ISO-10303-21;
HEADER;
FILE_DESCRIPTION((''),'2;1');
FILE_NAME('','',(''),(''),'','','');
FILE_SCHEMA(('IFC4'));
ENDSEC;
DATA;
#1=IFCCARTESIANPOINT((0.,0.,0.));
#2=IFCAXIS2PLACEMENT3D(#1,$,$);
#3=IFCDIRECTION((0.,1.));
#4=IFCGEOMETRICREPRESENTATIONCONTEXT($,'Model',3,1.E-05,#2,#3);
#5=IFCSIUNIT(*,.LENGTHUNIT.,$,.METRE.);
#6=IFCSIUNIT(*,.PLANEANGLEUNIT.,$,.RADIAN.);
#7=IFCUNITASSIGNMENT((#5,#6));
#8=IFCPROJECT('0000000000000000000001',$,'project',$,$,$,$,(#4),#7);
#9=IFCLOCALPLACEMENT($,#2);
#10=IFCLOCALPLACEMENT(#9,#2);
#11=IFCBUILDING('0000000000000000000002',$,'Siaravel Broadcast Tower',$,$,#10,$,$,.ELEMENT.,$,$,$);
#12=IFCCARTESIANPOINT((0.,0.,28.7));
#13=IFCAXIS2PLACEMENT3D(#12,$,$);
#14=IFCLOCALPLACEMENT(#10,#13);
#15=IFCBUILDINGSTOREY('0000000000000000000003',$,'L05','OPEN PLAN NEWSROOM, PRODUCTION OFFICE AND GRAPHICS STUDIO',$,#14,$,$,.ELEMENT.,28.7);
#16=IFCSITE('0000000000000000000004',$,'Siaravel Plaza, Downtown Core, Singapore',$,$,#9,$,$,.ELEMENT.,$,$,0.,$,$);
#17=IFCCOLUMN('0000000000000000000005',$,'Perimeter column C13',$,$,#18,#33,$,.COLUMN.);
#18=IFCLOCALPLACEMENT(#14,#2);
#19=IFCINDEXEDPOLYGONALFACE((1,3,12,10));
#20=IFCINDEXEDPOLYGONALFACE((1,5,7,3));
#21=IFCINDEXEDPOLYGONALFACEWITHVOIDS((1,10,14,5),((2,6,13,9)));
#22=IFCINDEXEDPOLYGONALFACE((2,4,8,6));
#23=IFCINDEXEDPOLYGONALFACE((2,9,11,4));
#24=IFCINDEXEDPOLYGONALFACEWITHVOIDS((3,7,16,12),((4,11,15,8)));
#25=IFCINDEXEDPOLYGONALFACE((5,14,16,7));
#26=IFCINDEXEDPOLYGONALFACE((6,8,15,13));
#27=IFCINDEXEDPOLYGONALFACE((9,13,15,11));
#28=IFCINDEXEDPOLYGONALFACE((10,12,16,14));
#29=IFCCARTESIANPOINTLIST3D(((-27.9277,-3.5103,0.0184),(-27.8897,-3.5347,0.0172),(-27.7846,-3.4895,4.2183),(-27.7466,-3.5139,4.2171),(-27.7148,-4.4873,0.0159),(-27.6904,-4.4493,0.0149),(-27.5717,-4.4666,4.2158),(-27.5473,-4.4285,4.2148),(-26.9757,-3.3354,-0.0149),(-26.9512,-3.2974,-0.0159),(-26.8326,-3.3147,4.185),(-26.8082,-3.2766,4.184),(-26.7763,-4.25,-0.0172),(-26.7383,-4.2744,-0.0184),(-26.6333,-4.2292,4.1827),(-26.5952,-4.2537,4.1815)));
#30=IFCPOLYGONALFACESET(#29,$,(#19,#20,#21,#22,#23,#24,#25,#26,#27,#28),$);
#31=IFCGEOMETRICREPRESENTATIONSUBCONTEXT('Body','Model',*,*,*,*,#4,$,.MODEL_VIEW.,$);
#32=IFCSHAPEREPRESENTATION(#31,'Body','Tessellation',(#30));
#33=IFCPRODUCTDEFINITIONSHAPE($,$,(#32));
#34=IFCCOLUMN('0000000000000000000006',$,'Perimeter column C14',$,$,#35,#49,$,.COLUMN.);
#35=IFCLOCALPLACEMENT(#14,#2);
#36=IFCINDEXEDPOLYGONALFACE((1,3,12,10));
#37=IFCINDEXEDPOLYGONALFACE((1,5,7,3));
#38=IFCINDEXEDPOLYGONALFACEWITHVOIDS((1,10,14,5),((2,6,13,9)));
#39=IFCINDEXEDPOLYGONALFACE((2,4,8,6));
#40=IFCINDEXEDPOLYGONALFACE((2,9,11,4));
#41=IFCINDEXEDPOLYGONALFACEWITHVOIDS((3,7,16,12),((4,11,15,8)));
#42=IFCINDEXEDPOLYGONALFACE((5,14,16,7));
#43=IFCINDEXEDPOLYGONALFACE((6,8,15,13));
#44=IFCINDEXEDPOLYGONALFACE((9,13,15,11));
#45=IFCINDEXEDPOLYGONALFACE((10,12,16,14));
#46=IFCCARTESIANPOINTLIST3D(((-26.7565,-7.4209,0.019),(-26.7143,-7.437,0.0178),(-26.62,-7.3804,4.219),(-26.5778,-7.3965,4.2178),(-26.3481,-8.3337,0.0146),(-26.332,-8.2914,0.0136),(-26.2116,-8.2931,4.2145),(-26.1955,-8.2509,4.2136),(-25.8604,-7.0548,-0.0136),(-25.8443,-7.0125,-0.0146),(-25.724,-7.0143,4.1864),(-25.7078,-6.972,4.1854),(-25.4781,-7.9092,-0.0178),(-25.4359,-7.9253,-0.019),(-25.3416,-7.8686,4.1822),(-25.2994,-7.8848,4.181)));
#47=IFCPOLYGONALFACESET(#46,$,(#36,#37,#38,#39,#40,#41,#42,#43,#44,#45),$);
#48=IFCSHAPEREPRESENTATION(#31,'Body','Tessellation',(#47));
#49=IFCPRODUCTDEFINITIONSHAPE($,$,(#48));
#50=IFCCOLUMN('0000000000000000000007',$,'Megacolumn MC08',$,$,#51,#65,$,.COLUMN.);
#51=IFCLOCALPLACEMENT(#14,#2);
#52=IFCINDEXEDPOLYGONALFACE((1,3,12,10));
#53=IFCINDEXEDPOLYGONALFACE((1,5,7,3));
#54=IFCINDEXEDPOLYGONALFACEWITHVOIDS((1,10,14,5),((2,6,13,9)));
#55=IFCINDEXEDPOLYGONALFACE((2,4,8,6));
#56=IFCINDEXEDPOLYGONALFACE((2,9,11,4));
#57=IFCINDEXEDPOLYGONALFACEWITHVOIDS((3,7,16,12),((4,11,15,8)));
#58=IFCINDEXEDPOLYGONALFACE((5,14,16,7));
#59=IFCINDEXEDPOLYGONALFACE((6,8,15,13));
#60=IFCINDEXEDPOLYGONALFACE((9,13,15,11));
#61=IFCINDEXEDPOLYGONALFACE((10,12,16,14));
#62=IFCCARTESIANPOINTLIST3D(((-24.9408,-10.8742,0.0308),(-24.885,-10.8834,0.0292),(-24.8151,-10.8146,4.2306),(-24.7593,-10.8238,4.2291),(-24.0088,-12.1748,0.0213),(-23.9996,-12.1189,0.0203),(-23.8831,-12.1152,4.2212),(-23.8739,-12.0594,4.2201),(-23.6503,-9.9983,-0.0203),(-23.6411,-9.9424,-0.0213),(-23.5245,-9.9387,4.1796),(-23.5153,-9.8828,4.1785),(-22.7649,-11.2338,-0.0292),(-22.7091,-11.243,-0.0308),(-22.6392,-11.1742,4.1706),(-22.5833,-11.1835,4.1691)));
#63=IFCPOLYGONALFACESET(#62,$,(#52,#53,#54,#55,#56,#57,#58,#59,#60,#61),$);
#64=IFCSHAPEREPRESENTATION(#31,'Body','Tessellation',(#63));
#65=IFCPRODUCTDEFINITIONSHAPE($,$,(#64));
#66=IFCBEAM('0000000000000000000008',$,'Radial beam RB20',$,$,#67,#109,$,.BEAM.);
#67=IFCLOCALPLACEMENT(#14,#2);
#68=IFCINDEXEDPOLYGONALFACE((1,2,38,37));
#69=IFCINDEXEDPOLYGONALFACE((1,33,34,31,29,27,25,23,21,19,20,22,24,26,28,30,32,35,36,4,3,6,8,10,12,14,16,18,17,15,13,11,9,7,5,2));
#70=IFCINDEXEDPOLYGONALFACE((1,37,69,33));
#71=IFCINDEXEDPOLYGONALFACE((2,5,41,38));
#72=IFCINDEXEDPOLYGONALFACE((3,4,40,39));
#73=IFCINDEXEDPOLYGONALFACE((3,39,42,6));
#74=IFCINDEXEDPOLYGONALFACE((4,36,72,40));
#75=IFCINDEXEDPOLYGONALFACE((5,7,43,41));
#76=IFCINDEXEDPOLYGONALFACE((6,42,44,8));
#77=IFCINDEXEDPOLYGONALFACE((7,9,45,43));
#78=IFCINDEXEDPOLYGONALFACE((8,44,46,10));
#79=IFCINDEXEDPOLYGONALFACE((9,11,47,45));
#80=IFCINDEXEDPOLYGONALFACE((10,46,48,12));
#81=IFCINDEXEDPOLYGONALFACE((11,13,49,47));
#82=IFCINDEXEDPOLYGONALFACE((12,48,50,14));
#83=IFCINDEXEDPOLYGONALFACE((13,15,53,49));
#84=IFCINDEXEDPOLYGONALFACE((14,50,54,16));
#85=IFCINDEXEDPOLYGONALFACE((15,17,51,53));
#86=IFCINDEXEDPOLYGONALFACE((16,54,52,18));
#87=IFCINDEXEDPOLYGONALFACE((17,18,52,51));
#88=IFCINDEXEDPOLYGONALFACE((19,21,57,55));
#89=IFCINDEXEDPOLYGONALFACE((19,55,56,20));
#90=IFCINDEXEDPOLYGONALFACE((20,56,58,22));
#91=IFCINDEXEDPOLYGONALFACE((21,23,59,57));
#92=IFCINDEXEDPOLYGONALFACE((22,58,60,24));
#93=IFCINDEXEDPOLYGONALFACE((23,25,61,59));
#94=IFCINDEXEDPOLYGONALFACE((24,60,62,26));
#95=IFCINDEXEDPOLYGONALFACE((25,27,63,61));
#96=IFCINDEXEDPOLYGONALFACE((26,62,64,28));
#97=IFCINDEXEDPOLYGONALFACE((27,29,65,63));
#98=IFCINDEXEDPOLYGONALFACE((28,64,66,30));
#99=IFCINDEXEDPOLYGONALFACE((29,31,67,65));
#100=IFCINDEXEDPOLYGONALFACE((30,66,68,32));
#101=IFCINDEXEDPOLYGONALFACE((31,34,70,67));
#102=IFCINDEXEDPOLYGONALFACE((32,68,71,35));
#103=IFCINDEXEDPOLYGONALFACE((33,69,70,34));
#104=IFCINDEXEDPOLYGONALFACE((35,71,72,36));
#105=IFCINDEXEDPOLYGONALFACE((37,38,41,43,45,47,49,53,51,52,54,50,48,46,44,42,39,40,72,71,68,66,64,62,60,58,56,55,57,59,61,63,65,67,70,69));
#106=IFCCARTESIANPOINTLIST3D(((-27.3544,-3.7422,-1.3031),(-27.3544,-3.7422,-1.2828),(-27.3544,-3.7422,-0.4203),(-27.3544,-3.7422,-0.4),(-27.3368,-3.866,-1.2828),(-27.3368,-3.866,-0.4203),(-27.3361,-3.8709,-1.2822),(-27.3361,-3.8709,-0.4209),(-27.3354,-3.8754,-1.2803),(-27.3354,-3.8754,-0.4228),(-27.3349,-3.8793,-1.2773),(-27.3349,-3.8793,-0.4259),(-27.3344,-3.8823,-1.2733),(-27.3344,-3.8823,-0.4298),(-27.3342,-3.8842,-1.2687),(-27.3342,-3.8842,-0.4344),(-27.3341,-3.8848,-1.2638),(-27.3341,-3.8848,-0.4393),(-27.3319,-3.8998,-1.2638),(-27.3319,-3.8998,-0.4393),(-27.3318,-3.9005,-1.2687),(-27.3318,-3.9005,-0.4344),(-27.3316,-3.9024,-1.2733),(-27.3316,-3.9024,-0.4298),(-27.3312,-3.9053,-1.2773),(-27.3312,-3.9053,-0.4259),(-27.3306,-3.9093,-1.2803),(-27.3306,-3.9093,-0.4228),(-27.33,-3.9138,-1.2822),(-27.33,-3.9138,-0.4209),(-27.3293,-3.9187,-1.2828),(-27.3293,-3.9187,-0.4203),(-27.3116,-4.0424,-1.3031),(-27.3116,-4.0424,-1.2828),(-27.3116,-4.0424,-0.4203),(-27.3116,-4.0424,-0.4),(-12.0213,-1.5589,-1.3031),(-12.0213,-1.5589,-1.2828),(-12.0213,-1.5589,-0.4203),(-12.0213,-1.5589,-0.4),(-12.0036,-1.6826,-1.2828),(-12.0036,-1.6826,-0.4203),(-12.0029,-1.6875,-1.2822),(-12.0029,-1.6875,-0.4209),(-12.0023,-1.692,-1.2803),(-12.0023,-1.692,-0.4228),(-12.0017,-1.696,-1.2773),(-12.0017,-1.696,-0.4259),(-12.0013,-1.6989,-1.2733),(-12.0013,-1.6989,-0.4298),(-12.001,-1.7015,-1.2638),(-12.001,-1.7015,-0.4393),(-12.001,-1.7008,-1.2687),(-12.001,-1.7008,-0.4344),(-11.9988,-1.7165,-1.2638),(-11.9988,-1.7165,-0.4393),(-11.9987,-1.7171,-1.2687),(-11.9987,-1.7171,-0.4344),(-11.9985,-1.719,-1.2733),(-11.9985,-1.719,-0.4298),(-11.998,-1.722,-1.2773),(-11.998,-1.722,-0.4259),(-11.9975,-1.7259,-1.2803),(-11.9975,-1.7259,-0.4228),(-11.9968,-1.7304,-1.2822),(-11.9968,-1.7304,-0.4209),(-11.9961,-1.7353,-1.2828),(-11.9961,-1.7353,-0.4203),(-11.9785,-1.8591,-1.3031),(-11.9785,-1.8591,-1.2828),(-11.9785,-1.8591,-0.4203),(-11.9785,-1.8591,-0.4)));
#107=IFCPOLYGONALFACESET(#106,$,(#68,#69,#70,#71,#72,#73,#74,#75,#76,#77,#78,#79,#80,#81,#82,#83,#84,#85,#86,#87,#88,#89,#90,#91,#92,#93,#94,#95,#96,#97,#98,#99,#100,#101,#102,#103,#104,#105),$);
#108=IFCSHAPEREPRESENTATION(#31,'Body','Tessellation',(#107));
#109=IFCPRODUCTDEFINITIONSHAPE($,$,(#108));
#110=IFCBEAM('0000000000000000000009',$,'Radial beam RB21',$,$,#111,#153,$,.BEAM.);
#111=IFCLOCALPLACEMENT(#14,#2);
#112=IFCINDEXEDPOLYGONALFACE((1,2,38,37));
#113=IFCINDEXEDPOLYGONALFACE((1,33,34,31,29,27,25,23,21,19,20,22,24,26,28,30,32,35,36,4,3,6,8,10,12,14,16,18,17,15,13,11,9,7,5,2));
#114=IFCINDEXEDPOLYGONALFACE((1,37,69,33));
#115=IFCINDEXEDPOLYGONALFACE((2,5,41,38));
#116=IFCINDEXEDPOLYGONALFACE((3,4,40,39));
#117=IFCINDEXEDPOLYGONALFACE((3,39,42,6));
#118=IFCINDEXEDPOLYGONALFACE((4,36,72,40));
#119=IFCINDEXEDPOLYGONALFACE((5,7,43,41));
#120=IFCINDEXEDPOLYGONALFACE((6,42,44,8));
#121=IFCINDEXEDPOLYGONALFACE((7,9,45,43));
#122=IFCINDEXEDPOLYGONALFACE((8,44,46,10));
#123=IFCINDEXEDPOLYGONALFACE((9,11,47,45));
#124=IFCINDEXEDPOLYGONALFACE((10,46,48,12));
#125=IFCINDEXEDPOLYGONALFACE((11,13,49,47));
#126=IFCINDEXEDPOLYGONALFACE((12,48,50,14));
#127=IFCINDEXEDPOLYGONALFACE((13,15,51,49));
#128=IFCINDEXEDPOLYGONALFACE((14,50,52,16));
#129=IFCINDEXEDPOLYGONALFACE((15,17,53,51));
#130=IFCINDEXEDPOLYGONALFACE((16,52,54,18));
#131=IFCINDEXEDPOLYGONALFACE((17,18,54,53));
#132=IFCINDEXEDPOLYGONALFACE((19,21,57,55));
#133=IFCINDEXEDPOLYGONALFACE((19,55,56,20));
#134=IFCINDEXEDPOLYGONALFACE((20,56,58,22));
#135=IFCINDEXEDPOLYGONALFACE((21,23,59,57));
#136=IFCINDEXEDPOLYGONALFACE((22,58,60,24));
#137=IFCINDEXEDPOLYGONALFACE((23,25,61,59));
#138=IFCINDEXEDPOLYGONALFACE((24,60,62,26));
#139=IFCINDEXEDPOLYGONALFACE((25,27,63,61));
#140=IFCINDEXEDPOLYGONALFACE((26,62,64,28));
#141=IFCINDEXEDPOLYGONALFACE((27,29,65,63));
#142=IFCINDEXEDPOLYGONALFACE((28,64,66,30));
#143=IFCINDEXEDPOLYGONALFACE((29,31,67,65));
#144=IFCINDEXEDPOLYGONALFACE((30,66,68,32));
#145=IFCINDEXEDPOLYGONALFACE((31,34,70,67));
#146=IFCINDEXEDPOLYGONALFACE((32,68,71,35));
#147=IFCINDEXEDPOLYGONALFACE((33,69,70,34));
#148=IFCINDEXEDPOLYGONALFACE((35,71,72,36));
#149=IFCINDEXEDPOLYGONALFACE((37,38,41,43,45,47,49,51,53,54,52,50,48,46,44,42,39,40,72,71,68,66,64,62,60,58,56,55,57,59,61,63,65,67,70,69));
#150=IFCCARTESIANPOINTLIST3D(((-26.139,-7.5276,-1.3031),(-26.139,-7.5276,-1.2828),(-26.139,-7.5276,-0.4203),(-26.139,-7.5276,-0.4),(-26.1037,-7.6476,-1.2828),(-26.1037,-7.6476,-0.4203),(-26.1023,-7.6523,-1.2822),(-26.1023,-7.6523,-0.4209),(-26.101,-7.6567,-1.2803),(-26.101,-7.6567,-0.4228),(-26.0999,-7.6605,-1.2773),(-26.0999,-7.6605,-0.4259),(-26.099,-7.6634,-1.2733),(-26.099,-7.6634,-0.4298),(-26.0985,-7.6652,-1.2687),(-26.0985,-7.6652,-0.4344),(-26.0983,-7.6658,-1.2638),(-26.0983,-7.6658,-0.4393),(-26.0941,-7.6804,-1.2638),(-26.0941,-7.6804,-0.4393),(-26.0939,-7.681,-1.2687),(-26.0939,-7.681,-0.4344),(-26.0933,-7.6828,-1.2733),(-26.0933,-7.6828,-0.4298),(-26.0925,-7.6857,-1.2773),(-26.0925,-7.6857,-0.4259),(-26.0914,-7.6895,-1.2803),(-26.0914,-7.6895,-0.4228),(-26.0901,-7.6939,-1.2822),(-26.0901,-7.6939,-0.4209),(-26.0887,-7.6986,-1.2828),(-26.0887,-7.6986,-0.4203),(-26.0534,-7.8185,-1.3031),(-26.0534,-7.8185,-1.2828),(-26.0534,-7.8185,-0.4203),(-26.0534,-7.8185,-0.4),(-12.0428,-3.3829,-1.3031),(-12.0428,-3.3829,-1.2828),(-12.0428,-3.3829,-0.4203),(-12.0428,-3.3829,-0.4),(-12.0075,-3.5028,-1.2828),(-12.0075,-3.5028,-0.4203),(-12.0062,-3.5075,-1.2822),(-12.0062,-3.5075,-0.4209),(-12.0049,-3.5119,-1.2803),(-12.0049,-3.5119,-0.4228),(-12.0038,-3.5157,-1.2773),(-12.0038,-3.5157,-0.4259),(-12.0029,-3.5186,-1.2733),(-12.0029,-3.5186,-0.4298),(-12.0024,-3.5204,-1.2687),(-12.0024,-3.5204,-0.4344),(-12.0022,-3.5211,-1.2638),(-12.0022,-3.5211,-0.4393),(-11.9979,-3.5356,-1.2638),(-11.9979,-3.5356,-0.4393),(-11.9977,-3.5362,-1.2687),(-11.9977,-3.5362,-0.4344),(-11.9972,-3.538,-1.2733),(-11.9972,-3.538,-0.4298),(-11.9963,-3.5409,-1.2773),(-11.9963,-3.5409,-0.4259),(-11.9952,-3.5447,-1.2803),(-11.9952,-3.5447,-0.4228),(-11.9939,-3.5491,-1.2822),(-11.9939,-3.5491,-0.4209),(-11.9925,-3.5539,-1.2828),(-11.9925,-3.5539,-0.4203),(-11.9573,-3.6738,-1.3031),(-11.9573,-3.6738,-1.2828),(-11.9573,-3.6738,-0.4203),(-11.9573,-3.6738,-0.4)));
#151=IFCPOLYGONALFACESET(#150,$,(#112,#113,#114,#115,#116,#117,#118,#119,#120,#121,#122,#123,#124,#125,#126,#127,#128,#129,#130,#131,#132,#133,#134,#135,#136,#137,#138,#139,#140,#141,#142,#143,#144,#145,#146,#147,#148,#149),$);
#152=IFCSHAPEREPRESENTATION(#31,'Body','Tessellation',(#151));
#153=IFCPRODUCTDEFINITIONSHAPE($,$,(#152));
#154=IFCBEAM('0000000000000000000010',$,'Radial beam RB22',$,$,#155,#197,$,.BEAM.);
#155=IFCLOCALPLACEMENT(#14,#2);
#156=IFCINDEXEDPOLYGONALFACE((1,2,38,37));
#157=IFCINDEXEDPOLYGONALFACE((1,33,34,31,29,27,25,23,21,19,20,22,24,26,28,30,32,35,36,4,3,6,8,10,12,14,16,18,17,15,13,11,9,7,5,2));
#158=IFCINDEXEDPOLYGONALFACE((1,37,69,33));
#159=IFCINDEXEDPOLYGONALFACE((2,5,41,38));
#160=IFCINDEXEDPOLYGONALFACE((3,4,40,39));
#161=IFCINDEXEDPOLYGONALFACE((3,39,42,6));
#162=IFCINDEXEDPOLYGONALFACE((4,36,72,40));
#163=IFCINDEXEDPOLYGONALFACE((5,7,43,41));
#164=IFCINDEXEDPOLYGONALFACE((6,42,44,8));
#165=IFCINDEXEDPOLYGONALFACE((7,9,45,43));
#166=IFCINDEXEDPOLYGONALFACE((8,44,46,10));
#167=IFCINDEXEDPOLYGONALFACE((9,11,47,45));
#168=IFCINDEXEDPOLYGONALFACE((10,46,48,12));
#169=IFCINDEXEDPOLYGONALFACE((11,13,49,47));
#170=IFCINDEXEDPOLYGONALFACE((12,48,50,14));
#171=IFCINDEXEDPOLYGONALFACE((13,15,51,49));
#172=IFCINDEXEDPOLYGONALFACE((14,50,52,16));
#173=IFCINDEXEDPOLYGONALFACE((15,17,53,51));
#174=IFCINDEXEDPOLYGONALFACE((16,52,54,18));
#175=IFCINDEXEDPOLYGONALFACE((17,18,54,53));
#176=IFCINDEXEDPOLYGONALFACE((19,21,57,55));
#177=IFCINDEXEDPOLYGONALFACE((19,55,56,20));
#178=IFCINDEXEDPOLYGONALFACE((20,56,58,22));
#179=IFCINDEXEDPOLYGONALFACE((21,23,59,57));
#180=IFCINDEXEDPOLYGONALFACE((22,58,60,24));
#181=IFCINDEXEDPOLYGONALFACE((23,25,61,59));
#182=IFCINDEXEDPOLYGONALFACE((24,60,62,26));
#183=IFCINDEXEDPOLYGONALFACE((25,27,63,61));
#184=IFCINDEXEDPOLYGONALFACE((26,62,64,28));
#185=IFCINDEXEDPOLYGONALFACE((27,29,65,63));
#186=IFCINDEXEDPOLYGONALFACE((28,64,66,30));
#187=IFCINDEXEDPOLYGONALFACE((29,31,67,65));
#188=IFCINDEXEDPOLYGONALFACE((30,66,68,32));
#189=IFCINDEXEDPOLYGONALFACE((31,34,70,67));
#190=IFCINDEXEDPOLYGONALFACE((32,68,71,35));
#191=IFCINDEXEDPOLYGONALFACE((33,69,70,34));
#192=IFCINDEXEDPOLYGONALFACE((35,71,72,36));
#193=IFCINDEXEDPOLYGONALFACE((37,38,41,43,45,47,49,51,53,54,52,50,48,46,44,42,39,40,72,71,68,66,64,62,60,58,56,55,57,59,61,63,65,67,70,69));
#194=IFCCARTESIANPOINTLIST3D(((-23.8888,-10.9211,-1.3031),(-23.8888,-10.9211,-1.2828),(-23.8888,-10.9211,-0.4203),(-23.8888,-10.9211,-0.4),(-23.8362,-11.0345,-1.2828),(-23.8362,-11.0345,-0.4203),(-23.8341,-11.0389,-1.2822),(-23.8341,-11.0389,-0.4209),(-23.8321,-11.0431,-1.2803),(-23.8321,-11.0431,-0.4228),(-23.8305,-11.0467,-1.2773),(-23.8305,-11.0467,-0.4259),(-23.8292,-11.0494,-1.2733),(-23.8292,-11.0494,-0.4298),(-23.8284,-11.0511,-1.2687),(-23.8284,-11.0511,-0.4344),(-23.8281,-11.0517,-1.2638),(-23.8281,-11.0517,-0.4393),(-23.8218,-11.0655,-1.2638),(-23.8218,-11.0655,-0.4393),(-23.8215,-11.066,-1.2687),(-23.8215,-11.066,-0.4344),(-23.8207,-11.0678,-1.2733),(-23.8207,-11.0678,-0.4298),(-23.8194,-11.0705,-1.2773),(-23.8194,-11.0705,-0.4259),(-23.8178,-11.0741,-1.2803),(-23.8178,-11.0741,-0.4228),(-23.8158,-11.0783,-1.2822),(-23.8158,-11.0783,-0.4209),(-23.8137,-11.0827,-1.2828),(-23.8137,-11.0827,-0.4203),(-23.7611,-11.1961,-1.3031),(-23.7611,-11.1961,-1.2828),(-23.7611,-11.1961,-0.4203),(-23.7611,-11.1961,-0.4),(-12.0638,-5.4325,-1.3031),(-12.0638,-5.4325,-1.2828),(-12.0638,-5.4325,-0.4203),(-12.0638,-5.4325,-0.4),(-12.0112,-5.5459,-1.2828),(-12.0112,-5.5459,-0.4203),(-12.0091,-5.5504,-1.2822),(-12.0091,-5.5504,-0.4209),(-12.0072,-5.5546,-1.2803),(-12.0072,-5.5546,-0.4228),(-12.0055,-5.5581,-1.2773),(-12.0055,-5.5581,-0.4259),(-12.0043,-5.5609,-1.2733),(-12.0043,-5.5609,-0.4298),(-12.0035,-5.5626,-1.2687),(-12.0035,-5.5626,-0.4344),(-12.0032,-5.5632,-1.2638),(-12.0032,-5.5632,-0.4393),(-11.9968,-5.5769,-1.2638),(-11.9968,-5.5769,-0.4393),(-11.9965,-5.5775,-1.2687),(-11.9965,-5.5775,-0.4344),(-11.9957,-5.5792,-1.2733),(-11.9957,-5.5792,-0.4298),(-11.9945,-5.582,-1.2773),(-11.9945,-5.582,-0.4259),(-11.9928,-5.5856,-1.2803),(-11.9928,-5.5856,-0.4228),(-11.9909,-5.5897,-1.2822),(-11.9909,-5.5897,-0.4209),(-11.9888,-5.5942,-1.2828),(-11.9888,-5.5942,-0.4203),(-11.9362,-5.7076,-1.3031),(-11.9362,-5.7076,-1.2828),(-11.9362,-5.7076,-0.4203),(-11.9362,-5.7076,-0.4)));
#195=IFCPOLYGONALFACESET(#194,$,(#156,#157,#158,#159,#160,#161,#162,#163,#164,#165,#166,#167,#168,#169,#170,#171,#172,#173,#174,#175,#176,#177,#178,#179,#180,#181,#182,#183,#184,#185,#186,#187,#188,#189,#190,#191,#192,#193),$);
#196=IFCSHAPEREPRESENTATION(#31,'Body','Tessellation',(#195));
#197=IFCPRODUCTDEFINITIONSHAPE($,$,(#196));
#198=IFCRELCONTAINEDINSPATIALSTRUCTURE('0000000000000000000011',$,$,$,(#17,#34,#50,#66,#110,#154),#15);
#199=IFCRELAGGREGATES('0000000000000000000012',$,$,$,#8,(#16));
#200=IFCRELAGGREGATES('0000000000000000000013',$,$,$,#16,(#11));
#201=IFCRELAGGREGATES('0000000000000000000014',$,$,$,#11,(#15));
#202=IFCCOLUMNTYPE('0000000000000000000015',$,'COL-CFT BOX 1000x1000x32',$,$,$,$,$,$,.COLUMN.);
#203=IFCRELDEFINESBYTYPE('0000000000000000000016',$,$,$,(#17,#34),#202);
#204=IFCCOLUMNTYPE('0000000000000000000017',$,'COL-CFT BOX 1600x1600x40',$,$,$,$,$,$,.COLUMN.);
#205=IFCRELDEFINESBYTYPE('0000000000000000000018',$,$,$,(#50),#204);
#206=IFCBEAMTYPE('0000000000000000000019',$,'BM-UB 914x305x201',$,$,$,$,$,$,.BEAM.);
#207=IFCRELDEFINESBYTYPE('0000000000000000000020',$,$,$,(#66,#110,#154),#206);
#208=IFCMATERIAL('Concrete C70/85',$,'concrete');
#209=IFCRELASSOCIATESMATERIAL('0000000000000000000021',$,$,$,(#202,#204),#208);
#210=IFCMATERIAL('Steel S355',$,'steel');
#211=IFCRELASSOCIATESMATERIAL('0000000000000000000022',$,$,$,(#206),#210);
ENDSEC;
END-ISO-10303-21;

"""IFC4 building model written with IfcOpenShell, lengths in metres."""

from ifc_helpers import new_model, si_unit, direction, frame, origin, origin_2d, place, context, subcontext, project, spatial, hollow_rectangle, i_section, extrude, material, material_profile, profile_set, type_object, element, save


model = new_model("IFC4")

# Units and contexts
model_context = context("Model", 3, precision=1e-05, world=origin(), true_north=direction((0.0, 1.0)))
body_context = subcontext(model_context, "Body", "Model", "MODEL_VIEW")
ifc_project = project(units=[si_unit("LENGTHUNIT", "METRE"), si_unit("PLANEANGLEUNIT", "RADIAN")], contexts=[model_context])

# Site, building, storey
site_placement = place(None, origin())
site = spatial("IfcSite", under=ifc_project, at=site_placement, Name="Siaravel Plaza, Downtown Core, Singapore", CompositionType="ELEMENT", RefElevation=0.0)
building_placement = place(site_placement, origin())
building = spatial("IfcBuilding", under=site, at=building_placement, Name="Siaravel Broadcast Tower", CompositionType="ELEMENT")
storey_placement = place(building_placement, frame((0.0, 0.0, 28.7)))
storey = spatial("IfcBuildingStorey", under=building, at=storey_placement, Name="L05", Description="OPEN PLAN NEWSROOM, PRODUCTION OFFICE AND GRAPHICS STUDIO", CompositionType="ELEMENT", Elevation=28.7)

# Columns
ifc_material_1 = material(Name="Concrete C70/85", Category="concrete")
ifc_material_profile_1 = material_profile(ifc_material_1, hollow_rectangle(XDim=1.0, YDim=1.0, WallThickness=0.032, at=origin_2d()))
ifc_profile_set_1 = profile_set([ifc_material_profile_1], Name="Concrete C70/85")
column_type_1 = type_object("IfcColumnType", Name="COL-CFT BOX 1000x1000x32", PredefinedType="COLUMN", material=ifc_profile_set_1)
for number, where, z_axis, x_axis, name in (
    (1, (-27.333, -3.8923, 0.0), (0.034044, 0.004938, 0.999408), (-0.212942, 0.977062, 0.002426), "Perimeter column C13"),
    (2, (-26.0962, -7.6731, 0.0), (0.032476, 0.009644, 0.999426), (-0.408453, 0.912768, 0.004465), "Perimeter column C14"),
):
    element("IfcColumn", number, at=place(storey_placement, frame(where, z_axis=z_axis, x_axis=x_axis)), inside=storey, type_object=column_type_1, Name=name, PredefinedType="COLUMN", context=body_context, shape_type="SweptSolid", body=[
        extrude(hollow_rectangle(XDim=1.0, YDim=1.0, WallThickness=0.032, at=origin_2d()), origin(), (0.0, 0.0, 1.0), 4.2024),
    ])
ifc_material_profile_2 = material_profile(ifc_material_1, hollow_rectangle(XDim=1.6001, YDim=1.6001, WallThickness=0.04, at=origin_2d()))
ifc_profile_set_2 = profile_set([ifc_material_profile_2], Name="Concrete C70/85")
column_type_2 = type_object("IfcColumnType", Name="COL-CFT BOX 1600x1600x40", PredefinedType="COLUMN", material=ifc_profile_set_2)
column_placement = place(storey_placement, frame((-23.825, -11.0586, 0.0), z_axis=(0.02992, 0.014176, 0.999452), x_axis=(-0.58246, 0.812838, 0.005908)))
element("IfcColumn", 3, at=column_placement, inside=storey, type_object=column_type_2, Name="Megacolumn MC08", PredefinedType="COLUMN", context=body_context, shape_type="SweptSolid", body=[
    extrude(hollow_rectangle(XDim=1.6001, YDim=1.6001, WallThickness=0.04, at=origin_2d()), origin(), (0.0, 0.0, 1.0), 4.2021),
])

# Beams
ifc_material_2 = material(Name="Steel S355", Category="steel")
ifc_material_profile_3 = material_profile(ifc_material_2, i_section(OverallWidth=0.3032, OverallDepth=0.9031, WebThickness=0.0151, FlangeThickness=0.0203, FilletRadius=0.019, at=origin_2d()))
ifc_profile_set_3 = profile_set([ifc_material_profile_3], Name="Steel S355")
beam_type = type_object("IfcBeamType", Name="BM-UB 914x305x201", PredefinedType="BEAM", material=ifc_profile_set_3)
beam_1_placement = place(storey_placement, frame((-27.333, -3.8923, -0.8516), z_axis=(0.990013, 0.140973, 0.0), x_axis=(-0.140973, 0.990013, 0.0)))
element("IfcBeam", 4, at=beam_1_placement, inside=storey, type_object=beam_type, Name="Radial beam RB20", PredefinedType="BEAM", context=body_context, shape_type="SweptSolid", body=[
    extrude(i_section(OverallWidth=0.3032, OverallDepth=0.9031, WebThickness=0.0151, FlangeThickness=0.0203, FilletRadius=0.019, at=origin_2d()), origin(), (0.0, 0.0, 1.0), 15.4878),
])
beam_2_placement = place(storey_placement, frame((-26.0962, -7.6731, -0.8516), z_axis=(0.959387, 0.282093, 0.0), x_axis=(-0.282093, 0.959387, 0.0)))
element("IfcBeam", 5, at=beam_2_placement, inside=storey, type_object=beam_type, Name="Radial beam RB21", PredefinedType="BEAM", context=body_context, shape_type="SweptSolid", body=[
    extrude(i_section(OverallWidth=0.3032, OverallDepth=0.9031, WebThickness=0.0151, FlangeThickness=0.0203, FilletRadius=0.019, at=origin_2d()), origin(), (0.0, 0.0, 1.0), 14.6929),
])
beam_3_placement = place(storey_placement, frame((-23.825, -11.0586, -0.8516), z_axis=(0.907057, 0.421008, 0.0), x_axis=(-0.421008, 0.907057, 0.0)))
element("IfcBeam", 6, at=beam_3_placement, inside=storey, type_object=beam_type, Name="Radial beam RB22", PredefinedType="BEAM", context=body_context, shape_type="SweptSolid", body=[
    extrude(i_section(OverallWidth=0.3032, OverallDepth=0.9031, WebThickness=0.0151, FlangeThickness=0.0203, FilletRadius=0.019, at=origin_2d()), origin(), (0.0, 0.0, 1.0), 13.0366),
])

save(model, "model.ifc")
